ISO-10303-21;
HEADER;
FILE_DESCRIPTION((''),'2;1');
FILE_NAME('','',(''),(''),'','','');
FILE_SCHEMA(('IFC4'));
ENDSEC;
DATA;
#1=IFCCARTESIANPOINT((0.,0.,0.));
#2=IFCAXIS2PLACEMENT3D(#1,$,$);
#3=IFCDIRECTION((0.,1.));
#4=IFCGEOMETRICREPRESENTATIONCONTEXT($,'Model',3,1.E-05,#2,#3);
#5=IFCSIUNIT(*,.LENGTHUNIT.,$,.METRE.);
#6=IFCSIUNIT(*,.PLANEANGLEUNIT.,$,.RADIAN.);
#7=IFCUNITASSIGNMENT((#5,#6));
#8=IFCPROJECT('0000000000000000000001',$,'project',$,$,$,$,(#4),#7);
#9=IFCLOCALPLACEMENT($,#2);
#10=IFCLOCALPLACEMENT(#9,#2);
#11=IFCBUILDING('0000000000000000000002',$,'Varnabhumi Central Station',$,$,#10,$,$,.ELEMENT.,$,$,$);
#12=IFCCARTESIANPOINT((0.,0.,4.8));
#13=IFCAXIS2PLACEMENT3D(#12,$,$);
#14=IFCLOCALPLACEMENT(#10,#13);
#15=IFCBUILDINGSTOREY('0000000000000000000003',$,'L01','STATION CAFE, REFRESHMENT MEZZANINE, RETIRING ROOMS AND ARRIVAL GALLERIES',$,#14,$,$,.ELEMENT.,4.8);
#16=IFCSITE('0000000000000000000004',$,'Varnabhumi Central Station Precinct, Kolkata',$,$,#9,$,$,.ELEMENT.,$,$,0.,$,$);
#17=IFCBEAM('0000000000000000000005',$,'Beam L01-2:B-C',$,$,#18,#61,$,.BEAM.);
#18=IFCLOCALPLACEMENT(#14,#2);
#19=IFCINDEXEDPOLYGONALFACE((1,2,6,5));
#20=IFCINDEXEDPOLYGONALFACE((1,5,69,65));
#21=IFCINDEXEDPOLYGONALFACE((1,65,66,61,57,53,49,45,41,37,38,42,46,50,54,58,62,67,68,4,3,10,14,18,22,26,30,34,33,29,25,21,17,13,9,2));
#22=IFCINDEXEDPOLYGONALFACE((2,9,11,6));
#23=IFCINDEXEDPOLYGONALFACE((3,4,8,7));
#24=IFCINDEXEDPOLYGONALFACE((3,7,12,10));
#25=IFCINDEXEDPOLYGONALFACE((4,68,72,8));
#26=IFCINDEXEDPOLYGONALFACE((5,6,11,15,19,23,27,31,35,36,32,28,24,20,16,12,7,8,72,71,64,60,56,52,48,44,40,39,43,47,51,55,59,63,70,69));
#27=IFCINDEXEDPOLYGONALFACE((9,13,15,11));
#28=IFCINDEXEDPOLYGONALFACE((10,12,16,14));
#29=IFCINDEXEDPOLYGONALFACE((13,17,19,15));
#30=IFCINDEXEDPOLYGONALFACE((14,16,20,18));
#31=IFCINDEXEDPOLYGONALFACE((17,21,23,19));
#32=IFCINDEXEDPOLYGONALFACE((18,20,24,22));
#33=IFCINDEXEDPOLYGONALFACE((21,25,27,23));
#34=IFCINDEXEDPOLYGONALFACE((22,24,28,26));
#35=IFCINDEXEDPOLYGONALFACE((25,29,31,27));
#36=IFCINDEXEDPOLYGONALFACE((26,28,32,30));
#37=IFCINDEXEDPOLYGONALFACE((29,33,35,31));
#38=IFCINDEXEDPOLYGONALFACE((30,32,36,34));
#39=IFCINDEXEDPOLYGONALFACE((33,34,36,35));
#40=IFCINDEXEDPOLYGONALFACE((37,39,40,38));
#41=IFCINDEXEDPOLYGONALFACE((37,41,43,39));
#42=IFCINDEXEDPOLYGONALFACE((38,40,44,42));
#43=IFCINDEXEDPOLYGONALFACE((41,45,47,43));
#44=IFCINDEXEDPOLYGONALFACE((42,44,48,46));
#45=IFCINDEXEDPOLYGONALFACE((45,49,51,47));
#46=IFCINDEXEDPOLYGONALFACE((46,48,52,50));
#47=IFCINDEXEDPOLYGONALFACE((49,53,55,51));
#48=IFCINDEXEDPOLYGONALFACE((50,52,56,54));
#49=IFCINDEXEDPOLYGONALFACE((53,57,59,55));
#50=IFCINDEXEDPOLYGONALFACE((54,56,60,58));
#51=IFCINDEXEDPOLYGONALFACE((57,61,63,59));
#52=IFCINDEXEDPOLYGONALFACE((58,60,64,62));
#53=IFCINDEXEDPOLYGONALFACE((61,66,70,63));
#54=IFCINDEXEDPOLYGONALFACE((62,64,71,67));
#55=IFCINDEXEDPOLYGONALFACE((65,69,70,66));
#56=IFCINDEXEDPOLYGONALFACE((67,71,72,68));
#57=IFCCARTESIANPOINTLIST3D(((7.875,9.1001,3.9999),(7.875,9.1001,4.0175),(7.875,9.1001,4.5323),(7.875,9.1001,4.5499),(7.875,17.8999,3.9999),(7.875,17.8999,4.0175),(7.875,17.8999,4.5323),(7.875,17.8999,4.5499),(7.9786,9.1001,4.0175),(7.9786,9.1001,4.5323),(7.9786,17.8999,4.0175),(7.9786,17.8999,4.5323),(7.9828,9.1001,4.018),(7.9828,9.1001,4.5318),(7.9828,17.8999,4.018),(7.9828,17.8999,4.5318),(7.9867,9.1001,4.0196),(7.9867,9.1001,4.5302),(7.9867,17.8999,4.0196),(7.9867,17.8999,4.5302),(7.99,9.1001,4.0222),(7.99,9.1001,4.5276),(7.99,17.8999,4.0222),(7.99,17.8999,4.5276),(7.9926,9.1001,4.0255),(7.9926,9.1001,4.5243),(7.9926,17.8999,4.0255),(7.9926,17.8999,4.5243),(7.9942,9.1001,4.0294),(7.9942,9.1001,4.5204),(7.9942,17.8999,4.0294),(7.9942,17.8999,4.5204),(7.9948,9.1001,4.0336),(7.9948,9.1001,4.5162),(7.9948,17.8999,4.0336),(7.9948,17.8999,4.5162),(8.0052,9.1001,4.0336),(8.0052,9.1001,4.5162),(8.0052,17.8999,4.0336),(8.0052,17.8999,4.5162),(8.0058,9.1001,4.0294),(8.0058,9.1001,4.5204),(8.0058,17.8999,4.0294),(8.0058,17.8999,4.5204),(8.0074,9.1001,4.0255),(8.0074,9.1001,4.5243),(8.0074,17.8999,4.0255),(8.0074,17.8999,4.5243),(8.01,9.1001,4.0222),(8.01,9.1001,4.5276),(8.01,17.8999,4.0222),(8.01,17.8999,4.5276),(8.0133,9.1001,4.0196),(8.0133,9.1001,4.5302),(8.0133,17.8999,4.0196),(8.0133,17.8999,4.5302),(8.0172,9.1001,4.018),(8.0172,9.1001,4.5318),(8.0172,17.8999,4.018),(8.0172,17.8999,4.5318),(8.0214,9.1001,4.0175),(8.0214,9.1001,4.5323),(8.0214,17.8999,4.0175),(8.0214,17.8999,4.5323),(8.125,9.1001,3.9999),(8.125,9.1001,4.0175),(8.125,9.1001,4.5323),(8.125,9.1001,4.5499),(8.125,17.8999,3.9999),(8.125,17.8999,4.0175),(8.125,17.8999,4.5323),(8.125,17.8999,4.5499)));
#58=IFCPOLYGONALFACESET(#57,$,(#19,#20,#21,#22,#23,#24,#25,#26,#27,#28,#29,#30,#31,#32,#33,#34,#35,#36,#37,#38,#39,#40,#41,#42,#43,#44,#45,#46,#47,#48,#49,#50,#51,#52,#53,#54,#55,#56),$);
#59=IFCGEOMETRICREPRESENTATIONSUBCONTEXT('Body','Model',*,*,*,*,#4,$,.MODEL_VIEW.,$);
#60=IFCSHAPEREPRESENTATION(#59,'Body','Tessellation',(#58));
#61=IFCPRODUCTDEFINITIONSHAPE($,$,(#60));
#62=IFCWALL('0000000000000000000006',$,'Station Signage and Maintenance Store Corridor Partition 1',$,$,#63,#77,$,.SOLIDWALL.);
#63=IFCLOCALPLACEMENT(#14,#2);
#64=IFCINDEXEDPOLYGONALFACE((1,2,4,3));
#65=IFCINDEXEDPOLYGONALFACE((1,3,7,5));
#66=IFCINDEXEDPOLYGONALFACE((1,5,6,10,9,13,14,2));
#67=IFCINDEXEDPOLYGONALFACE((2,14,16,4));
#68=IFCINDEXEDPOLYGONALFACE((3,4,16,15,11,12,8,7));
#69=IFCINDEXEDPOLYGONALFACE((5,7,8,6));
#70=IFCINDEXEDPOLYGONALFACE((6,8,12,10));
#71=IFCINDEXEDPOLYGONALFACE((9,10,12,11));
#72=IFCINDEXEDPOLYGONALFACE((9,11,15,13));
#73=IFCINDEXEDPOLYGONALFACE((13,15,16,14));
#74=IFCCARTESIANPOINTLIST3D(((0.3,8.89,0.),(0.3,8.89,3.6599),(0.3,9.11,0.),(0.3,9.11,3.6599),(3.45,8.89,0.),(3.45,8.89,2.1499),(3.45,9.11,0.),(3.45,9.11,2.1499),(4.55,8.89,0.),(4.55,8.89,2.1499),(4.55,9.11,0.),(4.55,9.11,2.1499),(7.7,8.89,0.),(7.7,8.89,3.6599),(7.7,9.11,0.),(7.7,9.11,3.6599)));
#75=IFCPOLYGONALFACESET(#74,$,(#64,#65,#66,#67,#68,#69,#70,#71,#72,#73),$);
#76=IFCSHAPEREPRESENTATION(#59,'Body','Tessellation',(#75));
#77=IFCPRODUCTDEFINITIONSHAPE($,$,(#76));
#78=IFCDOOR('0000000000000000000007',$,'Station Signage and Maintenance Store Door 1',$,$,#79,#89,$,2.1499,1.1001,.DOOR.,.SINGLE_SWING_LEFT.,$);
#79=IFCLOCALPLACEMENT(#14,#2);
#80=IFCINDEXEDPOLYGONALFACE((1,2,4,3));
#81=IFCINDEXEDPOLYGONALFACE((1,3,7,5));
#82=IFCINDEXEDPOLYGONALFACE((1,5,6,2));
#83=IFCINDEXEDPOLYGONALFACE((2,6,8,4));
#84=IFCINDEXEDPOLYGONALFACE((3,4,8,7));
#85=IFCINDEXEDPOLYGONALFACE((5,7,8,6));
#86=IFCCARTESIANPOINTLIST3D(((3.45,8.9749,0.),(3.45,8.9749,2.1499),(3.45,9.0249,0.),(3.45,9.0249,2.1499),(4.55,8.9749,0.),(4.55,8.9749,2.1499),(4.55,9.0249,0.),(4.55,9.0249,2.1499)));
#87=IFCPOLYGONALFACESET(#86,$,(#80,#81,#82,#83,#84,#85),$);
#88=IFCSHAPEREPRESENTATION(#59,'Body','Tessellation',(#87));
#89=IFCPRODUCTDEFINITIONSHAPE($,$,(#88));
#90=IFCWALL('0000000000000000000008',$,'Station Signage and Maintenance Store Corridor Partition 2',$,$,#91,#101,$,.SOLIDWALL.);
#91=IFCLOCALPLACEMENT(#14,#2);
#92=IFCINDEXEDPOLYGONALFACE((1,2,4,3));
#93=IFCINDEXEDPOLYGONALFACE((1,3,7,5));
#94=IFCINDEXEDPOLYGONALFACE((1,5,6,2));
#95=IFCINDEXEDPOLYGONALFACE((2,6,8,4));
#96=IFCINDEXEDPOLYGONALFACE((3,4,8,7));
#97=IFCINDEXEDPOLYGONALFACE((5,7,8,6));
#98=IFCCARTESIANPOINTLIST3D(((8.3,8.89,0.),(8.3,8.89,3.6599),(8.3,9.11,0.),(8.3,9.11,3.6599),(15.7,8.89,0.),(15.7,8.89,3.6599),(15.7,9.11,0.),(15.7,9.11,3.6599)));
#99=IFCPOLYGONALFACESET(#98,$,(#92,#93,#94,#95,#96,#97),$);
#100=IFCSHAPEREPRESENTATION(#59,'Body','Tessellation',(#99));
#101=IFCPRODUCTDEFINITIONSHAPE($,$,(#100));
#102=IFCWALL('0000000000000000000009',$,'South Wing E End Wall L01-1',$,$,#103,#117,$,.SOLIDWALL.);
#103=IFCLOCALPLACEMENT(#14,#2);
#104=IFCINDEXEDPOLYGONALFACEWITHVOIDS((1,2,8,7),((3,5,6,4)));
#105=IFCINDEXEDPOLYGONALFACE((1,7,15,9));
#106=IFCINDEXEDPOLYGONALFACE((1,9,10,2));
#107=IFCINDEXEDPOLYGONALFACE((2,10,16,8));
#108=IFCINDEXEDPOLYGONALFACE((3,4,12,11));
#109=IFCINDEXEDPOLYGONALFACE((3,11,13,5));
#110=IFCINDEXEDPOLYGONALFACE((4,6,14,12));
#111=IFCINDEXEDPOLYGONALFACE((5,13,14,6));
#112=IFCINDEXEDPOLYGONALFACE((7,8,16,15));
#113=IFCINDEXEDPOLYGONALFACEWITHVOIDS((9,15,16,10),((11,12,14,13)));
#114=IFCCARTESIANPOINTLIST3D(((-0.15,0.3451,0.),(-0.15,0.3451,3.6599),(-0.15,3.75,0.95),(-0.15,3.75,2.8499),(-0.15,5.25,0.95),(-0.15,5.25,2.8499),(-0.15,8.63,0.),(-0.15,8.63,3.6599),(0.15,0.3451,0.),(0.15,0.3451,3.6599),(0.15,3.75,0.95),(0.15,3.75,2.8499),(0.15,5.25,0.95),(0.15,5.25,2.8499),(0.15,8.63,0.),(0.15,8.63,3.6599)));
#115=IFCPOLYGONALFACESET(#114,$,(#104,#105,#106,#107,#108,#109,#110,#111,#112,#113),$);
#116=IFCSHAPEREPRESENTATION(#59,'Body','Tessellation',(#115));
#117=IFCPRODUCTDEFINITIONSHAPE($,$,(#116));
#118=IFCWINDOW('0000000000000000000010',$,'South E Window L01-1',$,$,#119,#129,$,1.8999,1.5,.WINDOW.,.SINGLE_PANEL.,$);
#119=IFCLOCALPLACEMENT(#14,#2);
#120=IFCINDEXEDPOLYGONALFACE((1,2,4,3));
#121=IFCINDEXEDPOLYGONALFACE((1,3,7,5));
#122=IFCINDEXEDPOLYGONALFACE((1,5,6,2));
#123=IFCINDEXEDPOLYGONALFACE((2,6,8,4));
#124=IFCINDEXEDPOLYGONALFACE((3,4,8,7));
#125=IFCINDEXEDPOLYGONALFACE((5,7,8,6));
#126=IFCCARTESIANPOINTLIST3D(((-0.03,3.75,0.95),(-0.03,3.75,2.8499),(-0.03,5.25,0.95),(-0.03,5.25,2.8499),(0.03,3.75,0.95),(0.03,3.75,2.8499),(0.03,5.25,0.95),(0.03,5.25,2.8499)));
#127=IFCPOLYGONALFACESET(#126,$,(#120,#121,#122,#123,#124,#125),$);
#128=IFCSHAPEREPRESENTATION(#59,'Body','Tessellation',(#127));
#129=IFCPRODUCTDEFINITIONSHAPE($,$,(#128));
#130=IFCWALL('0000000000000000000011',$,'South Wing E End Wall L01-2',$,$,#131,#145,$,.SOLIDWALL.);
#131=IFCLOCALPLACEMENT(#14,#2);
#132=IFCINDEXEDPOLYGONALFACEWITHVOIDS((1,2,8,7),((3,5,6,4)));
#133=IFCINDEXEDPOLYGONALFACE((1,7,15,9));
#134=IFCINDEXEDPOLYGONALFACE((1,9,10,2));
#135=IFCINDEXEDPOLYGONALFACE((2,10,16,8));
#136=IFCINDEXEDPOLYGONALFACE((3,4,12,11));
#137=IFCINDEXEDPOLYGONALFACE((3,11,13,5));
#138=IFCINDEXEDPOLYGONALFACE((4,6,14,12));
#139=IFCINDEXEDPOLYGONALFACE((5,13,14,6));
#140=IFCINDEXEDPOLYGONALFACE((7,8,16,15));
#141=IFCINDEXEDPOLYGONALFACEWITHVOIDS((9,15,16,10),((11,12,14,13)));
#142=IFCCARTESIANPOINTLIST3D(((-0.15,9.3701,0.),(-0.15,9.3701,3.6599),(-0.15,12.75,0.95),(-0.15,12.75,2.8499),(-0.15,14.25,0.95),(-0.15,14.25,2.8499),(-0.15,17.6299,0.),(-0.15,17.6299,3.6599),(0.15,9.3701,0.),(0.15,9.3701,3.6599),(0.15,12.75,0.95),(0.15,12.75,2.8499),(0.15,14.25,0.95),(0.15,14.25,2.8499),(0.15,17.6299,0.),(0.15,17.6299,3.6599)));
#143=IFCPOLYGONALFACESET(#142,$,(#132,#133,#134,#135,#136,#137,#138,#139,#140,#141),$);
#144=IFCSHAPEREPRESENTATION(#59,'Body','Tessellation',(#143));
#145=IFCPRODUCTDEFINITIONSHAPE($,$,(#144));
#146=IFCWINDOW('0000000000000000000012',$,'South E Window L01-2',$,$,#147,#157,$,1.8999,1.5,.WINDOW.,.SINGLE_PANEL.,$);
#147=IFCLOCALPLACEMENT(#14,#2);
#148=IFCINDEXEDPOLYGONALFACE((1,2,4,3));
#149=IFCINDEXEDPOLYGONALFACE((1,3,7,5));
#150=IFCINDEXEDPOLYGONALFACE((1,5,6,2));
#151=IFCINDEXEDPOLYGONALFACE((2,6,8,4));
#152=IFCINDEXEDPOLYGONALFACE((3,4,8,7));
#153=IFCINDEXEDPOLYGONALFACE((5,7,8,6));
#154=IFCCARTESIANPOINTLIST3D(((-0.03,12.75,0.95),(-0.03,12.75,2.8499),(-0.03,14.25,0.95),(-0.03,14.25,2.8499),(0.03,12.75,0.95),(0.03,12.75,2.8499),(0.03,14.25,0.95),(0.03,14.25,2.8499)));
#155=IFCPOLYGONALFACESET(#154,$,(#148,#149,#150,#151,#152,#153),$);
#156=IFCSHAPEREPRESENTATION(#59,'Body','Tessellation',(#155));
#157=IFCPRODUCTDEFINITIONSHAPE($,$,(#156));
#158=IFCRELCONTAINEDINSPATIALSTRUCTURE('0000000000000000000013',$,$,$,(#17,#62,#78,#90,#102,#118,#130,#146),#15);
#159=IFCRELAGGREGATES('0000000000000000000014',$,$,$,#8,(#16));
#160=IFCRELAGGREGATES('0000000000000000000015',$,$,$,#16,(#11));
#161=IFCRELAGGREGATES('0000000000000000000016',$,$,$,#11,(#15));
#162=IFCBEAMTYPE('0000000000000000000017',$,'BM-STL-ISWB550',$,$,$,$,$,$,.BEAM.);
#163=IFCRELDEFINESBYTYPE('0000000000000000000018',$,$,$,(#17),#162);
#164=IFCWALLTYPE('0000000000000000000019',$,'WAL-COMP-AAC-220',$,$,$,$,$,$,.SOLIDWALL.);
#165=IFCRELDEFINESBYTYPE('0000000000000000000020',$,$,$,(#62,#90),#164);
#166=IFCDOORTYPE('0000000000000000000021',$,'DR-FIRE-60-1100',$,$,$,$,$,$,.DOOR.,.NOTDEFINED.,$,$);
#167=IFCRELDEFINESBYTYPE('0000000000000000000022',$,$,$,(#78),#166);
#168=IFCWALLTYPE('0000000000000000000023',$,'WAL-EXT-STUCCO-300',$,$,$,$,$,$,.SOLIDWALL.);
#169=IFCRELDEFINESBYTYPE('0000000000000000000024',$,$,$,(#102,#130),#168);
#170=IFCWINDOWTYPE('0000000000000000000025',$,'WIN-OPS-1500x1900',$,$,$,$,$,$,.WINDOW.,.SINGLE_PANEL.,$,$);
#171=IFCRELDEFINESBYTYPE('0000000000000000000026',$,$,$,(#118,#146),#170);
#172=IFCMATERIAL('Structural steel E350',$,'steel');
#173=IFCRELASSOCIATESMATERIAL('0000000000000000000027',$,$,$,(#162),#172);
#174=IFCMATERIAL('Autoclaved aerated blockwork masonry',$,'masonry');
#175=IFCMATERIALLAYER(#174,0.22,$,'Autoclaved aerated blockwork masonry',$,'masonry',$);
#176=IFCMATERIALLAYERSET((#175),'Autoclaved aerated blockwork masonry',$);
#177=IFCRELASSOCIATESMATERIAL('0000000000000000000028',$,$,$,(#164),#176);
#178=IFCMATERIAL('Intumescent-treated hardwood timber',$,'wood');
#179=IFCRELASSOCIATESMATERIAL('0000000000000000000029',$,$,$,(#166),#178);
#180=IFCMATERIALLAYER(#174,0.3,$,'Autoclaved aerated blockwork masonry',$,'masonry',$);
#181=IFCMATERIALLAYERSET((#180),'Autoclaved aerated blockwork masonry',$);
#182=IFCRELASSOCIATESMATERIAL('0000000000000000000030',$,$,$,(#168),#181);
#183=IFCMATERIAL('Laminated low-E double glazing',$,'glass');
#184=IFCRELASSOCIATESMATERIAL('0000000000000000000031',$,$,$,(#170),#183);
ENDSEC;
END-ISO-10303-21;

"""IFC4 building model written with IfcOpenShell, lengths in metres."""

from ifc_helpers import new_model, si_unit, direction, frame, frame_2d, origin, origin_2d, place, context, subcontext, project, spatial, rectangle, i_section, extrude, material, layer, layer_set, material_profile, profile_set, type_object, element, fill, save


model = new_model("IFC4")

# Units and contexts
model_context = context("Model", 3, precision=1e-05, world=origin(), true_north=direction((0.0, 1.0)))
body_context = subcontext(model_context, "Body", "Model", "MODEL_VIEW")
ifc_project = project(units=[si_unit("LENGTHUNIT", "METRE"), si_unit("PLANEANGLEUNIT", "RADIAN")], contexts=[model_context])

# Site, building, storey
site_placement = place(None, origin())
site = spatial("IfcSite", under=ifc_project, at=site_placement, Name="Varnabhumi Central Station Precinct, Kolkata", CompositionType="ELEMENT", RefElevation=0.0)
building_placement = place(site_placement, origin())
building = spatial("IfcBuilding", under=site, at=building_placement, Name="Varnabhumi Central Station", CompositionType="ELEMENT")
storey_placement = place(building_placement, frame((0.0, 0.0, 4.8)))
storey = spatial("IfcBuildingStorey", under=building, at=storey_placement, Name="L01", Description="STATION CAFE, REFRESHMENT MEZZANINE, RETIRING ROOMS AND ARRIVAL GALLERIES", CompositionType="ELEMENT", Elevation=4.8)

# Beam
ifc_material_1 = material(Name="Structural steel E350", Category="steel")
ifc_material_profile_1 = material_profile(ifc_material_1, i_section(OverallWidth=0.25, OverallDepth=0.55, WebThickness=0.0105, FlangeThickness=0.0176, FilletRadius=0.0161, at=origin_2d()), Name="Structural steel E350", Category="steel")
ifc_profile_set_1 = profile_set([ifc_material_profile_1], Name="Structural steel E350")
beam_type_1 = type_object("IfcBeamType", Name="BM-STL-ISWB550", PredefinedType="BEAM", material=ifc_profile_set_1)
beam_1_placement = place(storey_placement, frame((8.0, 9.1001, 4.2749), z_axis=(0.0, 1.0, 0.0), x_axis=(-1.0, 0.0, 0.0)))
element("IfcBeam", 1, at=beam_1_placement, inside=storey, type_object=beam_type_1, Name="Beam L01-2:B-C", PredefinedType="BEAM", context=body_context, shape_type="SweptSolid", body=[
    extrude(i_section(OverallWidth=0.25, OverallDepth=0.55, WebThickness=0.0105, FlangeThickness=0.0176, FilletRadius=0.0161, at=origin_2d()), origin(), (0.0, 0.0, 1.0), 8.7998),
])

# Wall, opening, door
ifc_material_2 = material(Name="Autoclaved aerated blockwork masonry", Category="masonry")
ifc_layer_1 = layer(ifc_material_2, 0.22, Name="Autoclaved aerated blockwork masonry", Category="masonry")
ifc_layer_set_1 = layer_set([ifc_layer_1], Name="Autoclaved aerated blockwork masonry")
wall_type_1 = type_object("IfcWallType", Name="WAL-COMP-AAC-220", PredefinedType="SOLIDWALL", material=ifc_layer_set_1)
wall_1_placement = place(storey_placement, frame((0.3, 9.0, 0.0), z_axis=(0.0, 0.0, 1.0), x_axis=(1.0, 0.0, 0.0)))
wall_1 = element("IfcWall", 2, at=wall_1_placement, inside=storey, type_object=wall_type_1, Name="Station Signage and Maintenance Store Corridor Partition 1", PredefinedType="SOLIDWALL", context=body_context, shape_type="SweptSolid", body=[
    extrude(rectangle(XDim=7.3999, YDim=0.22, at=frame_2d((3.7, 0.0))), origin(), (0.0, 0.0, 1.0), 3.6599),
])
opening_1_placement = place(wall_1_placement, frame((3.1499, 0.0, 0.0)))
opening_1 = element("IfcOpeningElement", 3, at=opening_1_placement, cuts=wall_1, PredefinedType="OPENING", context=body_context, shape_type="SweptSolid", body=[
    extrude(rectangle(XDim=1.1001, YDim=2.1499, at=frame_2d((0.55, 1.075))), frame((0.0, 0.1199, 0.0), z_axis=(0.0, -1.0, 0.0), x_axis=(1.0, 0.0, 0.0)), (0.0, 0.0, 1.0), 0.24),
])
ifc_material_3 = material(Name="Intumescent-treated hardwood timber", Category="wood")
door_type_1 = type_object("IfcDoorType", Name="DR-FIRE-60-1100", OperationType="NOTDEFINED", PredefinedType="DOOR", material=ifc_material_3)
door_1_placement = place(opening_1_placement, origin())
door_1 = element("IfcDoor", 4, at=door_1_placement, inside=storey, type_object=door_type_1, Name="Station Signage and Maintenance Store Door 1", OperationType="SINGLE_SWING_LEFT", OverallHeight=2.1499, OverallWidth=1.1001, PredefinedType="DOOR", context=body_context, shape_type="SweptSolid", body=[
    extrude(rectangle(XDim=1.1001, YDim=2.1499, at=frame_2d((0.55, 1.075))), frame((0.0, 0.0249, 0.0), z_axis=(0.0, -1.0, 0.0), x_axis=(1.0, 0.0, 0.0)), (0.0, 0.0, 1.0), 0.05),
])
fill(opening_1, door_1)

# Wall
wall_2_placement = place(storey_placement, frame((8.3, 9.0, 0.0), z_axis=(0.0, 0.0, 1.0), x_axis=(1.0, 0.0, 0.0)))
element("IfcWall", 5, at=wall_2_placement, inside=storey, type_object=wall_type_1, Name="Station Signage and Maintenance Store Corridor Partition 2", PredefinedType="SOLIDWALL", context=body_context, shape_type="SweptSolid", body=[
    extrude(rectangle(XDim=7.3999, YDim=0.22, at=frame_2d((3.7, 0.0))), origin(), (0.0, 0.0, 1.0), 3.6599),
])

# Walls, openings, windows
ifc_layer_2 = layer(ifc_material_2, 0.3, Name="Autoclaved aerated blockwork masonry", Category="masonry")
ifc_layer_set_2 = layer_set([ifc_layer_2], Name="Autoclaved aerated blockwork masonry")
wall_type_2 = type_object("IfcWallType", Name="WAL-EXT-STUCCO-300", PredefinedType="SOLIDWALL", material=ifc_layer_set_2)
wall_3_placement = place(storey_placement, frame((0.0, 0.345, 0.0), z_axis=(0.0, 0.0, 1.0), x_axis=(0.0, 1.0, 0.0)))
wall_3 = element("IfcWall", 6, at=wall_3_placement, inside=storey, type_object=wall_type_2, Name="South Wing E End Wall L01-1", PredefinedType="SOLIDWALL", context=body_context, shape_type="SweptSolid", body=[
    extrude(rectangle(XDim=8.2849, YDim=0.3, at=frame_2d((4.1426, 0.0))), origin(), (0.0, 0.0, 1.0), 3.6599),
])
opening_2_placement = place(wall_3_placement, frame((3.405, 0.0, 0.95)))
opening_2 = element("IfcOpeningElement", 7, at=opening_2_placement, cuts=wall_3, PredefinedType="OPENING", context=body_context, shape_type="SweptSolid", body=[
    extrude(rectangle(XDim=1.5, YDim=1.8999, at=frame_2d((0.75, 0.95))), frame((0.0, 0.1599, 0.0), z_axis=(0.0, -1.0, 0.0), x_axis=(1.0, 0.0, 0.0)), (0.0, 0.0, 1.0), 0.3201),
])
ifc_material_4 = material(Name="Laminated low-E double glazing", Category="glass")
window_type = type_object("IfcWindowType", Name="WIN-OPS-1500x1900", PartitioningType="SINGLE_PANEL", PredefinedType="WINDOW", material=ifc_material_4)
window_1_placement = place(opening_2_placement, origin())
window_1 = element("IfcWindow", 8, at=window_1_placement, inside=storey, type_object=window_type, Name="South E Window L01-1", OverallHeight=1.8999, OverallWidth=1.5, PartitioningType="SINGLE_PANEL", PredefinedType="WINDOW", context=body_context, shape_type="SweptSolid", body=[
    extrude(rectangle(XDim=1.5, YDim=1.8999, at=frame_2d((0.75, 0.95))), frame((0.0, 0.03, 0.0), z_axis=(0.0, -1.0, 0.0), x_axis=(1.0, 0.0, 0.0)), (0.0, 0.0, 1.0), 0.0601),
])
fill(opening_2, window_1)
wall_4_placement = place(storey_placement, frame((0.0, 9.3701, 0.0), z_axis=(0.0, 0.0, 1.0), x_axis=(0.0, 1.0, 0.0)))
wall_4 = element("IfcWall", 9, at=wall_4_placement, inside=storey, type_object=wall_type_2, Name="South Wing E End Wall L01-2", PredefinedType="SOLIDWALL", context=body_context, shape_type="SweptSolid", body=[
    extrude(rectangle(XDim=8.2598, YDim=0.3, at=frame_2d((4.1299, 0.0))), origin(), (0.0, 0.0, 1.0), 3.6599),
])
opening_3_placement = place(wall_4_placement, frame((3.3799, 0.0, 0.95)))
opening_3 = element("IfcOpeningElement", 10, at=opening_3_placement, cuts=wall_4, PredefinedType="OPENING", context=body_context, shape_type="SweptSolid", body=[
    extrude(rectangle(XDim=1.5, YDim=1.8999, at=frame_2d((0.75, 0.95))), frame((0.0, 0.1599, 0.0), z_axis=(0.0, -1.0, 0.0), x_axis=(1.0, 0.0, 0.0)), (0.0, 0.0, 1.0), 0.3201),
])
window_2_placement = place(opening_3_placement, origin())
window_2 = element("IfcWindow", 11, at=window_2_placement, inside=storey, type_object=window_type, Name="South E Window L01-2", OverallHeight=1.8999, OverallWidth=1.5, PartitioningType="SINGLE_PANEL", PredefinedType="WINDOW", context=body_context, shape_type="SweptSolid", body=[
    extrude(rectangle(XDim=1.5, YDim=1.8999, at=frame_2d((0.75, 0.95))), frame((0.0, 0.03, 0.0), z_axis=(0.0, -1.0, 0.0), x_axis=(1.0, 0.0, 0.0)), (0.0, 0.0, 1.0), 0.0601),
])
fill(opening_3, window_2)

save(model, "model.ifc")
